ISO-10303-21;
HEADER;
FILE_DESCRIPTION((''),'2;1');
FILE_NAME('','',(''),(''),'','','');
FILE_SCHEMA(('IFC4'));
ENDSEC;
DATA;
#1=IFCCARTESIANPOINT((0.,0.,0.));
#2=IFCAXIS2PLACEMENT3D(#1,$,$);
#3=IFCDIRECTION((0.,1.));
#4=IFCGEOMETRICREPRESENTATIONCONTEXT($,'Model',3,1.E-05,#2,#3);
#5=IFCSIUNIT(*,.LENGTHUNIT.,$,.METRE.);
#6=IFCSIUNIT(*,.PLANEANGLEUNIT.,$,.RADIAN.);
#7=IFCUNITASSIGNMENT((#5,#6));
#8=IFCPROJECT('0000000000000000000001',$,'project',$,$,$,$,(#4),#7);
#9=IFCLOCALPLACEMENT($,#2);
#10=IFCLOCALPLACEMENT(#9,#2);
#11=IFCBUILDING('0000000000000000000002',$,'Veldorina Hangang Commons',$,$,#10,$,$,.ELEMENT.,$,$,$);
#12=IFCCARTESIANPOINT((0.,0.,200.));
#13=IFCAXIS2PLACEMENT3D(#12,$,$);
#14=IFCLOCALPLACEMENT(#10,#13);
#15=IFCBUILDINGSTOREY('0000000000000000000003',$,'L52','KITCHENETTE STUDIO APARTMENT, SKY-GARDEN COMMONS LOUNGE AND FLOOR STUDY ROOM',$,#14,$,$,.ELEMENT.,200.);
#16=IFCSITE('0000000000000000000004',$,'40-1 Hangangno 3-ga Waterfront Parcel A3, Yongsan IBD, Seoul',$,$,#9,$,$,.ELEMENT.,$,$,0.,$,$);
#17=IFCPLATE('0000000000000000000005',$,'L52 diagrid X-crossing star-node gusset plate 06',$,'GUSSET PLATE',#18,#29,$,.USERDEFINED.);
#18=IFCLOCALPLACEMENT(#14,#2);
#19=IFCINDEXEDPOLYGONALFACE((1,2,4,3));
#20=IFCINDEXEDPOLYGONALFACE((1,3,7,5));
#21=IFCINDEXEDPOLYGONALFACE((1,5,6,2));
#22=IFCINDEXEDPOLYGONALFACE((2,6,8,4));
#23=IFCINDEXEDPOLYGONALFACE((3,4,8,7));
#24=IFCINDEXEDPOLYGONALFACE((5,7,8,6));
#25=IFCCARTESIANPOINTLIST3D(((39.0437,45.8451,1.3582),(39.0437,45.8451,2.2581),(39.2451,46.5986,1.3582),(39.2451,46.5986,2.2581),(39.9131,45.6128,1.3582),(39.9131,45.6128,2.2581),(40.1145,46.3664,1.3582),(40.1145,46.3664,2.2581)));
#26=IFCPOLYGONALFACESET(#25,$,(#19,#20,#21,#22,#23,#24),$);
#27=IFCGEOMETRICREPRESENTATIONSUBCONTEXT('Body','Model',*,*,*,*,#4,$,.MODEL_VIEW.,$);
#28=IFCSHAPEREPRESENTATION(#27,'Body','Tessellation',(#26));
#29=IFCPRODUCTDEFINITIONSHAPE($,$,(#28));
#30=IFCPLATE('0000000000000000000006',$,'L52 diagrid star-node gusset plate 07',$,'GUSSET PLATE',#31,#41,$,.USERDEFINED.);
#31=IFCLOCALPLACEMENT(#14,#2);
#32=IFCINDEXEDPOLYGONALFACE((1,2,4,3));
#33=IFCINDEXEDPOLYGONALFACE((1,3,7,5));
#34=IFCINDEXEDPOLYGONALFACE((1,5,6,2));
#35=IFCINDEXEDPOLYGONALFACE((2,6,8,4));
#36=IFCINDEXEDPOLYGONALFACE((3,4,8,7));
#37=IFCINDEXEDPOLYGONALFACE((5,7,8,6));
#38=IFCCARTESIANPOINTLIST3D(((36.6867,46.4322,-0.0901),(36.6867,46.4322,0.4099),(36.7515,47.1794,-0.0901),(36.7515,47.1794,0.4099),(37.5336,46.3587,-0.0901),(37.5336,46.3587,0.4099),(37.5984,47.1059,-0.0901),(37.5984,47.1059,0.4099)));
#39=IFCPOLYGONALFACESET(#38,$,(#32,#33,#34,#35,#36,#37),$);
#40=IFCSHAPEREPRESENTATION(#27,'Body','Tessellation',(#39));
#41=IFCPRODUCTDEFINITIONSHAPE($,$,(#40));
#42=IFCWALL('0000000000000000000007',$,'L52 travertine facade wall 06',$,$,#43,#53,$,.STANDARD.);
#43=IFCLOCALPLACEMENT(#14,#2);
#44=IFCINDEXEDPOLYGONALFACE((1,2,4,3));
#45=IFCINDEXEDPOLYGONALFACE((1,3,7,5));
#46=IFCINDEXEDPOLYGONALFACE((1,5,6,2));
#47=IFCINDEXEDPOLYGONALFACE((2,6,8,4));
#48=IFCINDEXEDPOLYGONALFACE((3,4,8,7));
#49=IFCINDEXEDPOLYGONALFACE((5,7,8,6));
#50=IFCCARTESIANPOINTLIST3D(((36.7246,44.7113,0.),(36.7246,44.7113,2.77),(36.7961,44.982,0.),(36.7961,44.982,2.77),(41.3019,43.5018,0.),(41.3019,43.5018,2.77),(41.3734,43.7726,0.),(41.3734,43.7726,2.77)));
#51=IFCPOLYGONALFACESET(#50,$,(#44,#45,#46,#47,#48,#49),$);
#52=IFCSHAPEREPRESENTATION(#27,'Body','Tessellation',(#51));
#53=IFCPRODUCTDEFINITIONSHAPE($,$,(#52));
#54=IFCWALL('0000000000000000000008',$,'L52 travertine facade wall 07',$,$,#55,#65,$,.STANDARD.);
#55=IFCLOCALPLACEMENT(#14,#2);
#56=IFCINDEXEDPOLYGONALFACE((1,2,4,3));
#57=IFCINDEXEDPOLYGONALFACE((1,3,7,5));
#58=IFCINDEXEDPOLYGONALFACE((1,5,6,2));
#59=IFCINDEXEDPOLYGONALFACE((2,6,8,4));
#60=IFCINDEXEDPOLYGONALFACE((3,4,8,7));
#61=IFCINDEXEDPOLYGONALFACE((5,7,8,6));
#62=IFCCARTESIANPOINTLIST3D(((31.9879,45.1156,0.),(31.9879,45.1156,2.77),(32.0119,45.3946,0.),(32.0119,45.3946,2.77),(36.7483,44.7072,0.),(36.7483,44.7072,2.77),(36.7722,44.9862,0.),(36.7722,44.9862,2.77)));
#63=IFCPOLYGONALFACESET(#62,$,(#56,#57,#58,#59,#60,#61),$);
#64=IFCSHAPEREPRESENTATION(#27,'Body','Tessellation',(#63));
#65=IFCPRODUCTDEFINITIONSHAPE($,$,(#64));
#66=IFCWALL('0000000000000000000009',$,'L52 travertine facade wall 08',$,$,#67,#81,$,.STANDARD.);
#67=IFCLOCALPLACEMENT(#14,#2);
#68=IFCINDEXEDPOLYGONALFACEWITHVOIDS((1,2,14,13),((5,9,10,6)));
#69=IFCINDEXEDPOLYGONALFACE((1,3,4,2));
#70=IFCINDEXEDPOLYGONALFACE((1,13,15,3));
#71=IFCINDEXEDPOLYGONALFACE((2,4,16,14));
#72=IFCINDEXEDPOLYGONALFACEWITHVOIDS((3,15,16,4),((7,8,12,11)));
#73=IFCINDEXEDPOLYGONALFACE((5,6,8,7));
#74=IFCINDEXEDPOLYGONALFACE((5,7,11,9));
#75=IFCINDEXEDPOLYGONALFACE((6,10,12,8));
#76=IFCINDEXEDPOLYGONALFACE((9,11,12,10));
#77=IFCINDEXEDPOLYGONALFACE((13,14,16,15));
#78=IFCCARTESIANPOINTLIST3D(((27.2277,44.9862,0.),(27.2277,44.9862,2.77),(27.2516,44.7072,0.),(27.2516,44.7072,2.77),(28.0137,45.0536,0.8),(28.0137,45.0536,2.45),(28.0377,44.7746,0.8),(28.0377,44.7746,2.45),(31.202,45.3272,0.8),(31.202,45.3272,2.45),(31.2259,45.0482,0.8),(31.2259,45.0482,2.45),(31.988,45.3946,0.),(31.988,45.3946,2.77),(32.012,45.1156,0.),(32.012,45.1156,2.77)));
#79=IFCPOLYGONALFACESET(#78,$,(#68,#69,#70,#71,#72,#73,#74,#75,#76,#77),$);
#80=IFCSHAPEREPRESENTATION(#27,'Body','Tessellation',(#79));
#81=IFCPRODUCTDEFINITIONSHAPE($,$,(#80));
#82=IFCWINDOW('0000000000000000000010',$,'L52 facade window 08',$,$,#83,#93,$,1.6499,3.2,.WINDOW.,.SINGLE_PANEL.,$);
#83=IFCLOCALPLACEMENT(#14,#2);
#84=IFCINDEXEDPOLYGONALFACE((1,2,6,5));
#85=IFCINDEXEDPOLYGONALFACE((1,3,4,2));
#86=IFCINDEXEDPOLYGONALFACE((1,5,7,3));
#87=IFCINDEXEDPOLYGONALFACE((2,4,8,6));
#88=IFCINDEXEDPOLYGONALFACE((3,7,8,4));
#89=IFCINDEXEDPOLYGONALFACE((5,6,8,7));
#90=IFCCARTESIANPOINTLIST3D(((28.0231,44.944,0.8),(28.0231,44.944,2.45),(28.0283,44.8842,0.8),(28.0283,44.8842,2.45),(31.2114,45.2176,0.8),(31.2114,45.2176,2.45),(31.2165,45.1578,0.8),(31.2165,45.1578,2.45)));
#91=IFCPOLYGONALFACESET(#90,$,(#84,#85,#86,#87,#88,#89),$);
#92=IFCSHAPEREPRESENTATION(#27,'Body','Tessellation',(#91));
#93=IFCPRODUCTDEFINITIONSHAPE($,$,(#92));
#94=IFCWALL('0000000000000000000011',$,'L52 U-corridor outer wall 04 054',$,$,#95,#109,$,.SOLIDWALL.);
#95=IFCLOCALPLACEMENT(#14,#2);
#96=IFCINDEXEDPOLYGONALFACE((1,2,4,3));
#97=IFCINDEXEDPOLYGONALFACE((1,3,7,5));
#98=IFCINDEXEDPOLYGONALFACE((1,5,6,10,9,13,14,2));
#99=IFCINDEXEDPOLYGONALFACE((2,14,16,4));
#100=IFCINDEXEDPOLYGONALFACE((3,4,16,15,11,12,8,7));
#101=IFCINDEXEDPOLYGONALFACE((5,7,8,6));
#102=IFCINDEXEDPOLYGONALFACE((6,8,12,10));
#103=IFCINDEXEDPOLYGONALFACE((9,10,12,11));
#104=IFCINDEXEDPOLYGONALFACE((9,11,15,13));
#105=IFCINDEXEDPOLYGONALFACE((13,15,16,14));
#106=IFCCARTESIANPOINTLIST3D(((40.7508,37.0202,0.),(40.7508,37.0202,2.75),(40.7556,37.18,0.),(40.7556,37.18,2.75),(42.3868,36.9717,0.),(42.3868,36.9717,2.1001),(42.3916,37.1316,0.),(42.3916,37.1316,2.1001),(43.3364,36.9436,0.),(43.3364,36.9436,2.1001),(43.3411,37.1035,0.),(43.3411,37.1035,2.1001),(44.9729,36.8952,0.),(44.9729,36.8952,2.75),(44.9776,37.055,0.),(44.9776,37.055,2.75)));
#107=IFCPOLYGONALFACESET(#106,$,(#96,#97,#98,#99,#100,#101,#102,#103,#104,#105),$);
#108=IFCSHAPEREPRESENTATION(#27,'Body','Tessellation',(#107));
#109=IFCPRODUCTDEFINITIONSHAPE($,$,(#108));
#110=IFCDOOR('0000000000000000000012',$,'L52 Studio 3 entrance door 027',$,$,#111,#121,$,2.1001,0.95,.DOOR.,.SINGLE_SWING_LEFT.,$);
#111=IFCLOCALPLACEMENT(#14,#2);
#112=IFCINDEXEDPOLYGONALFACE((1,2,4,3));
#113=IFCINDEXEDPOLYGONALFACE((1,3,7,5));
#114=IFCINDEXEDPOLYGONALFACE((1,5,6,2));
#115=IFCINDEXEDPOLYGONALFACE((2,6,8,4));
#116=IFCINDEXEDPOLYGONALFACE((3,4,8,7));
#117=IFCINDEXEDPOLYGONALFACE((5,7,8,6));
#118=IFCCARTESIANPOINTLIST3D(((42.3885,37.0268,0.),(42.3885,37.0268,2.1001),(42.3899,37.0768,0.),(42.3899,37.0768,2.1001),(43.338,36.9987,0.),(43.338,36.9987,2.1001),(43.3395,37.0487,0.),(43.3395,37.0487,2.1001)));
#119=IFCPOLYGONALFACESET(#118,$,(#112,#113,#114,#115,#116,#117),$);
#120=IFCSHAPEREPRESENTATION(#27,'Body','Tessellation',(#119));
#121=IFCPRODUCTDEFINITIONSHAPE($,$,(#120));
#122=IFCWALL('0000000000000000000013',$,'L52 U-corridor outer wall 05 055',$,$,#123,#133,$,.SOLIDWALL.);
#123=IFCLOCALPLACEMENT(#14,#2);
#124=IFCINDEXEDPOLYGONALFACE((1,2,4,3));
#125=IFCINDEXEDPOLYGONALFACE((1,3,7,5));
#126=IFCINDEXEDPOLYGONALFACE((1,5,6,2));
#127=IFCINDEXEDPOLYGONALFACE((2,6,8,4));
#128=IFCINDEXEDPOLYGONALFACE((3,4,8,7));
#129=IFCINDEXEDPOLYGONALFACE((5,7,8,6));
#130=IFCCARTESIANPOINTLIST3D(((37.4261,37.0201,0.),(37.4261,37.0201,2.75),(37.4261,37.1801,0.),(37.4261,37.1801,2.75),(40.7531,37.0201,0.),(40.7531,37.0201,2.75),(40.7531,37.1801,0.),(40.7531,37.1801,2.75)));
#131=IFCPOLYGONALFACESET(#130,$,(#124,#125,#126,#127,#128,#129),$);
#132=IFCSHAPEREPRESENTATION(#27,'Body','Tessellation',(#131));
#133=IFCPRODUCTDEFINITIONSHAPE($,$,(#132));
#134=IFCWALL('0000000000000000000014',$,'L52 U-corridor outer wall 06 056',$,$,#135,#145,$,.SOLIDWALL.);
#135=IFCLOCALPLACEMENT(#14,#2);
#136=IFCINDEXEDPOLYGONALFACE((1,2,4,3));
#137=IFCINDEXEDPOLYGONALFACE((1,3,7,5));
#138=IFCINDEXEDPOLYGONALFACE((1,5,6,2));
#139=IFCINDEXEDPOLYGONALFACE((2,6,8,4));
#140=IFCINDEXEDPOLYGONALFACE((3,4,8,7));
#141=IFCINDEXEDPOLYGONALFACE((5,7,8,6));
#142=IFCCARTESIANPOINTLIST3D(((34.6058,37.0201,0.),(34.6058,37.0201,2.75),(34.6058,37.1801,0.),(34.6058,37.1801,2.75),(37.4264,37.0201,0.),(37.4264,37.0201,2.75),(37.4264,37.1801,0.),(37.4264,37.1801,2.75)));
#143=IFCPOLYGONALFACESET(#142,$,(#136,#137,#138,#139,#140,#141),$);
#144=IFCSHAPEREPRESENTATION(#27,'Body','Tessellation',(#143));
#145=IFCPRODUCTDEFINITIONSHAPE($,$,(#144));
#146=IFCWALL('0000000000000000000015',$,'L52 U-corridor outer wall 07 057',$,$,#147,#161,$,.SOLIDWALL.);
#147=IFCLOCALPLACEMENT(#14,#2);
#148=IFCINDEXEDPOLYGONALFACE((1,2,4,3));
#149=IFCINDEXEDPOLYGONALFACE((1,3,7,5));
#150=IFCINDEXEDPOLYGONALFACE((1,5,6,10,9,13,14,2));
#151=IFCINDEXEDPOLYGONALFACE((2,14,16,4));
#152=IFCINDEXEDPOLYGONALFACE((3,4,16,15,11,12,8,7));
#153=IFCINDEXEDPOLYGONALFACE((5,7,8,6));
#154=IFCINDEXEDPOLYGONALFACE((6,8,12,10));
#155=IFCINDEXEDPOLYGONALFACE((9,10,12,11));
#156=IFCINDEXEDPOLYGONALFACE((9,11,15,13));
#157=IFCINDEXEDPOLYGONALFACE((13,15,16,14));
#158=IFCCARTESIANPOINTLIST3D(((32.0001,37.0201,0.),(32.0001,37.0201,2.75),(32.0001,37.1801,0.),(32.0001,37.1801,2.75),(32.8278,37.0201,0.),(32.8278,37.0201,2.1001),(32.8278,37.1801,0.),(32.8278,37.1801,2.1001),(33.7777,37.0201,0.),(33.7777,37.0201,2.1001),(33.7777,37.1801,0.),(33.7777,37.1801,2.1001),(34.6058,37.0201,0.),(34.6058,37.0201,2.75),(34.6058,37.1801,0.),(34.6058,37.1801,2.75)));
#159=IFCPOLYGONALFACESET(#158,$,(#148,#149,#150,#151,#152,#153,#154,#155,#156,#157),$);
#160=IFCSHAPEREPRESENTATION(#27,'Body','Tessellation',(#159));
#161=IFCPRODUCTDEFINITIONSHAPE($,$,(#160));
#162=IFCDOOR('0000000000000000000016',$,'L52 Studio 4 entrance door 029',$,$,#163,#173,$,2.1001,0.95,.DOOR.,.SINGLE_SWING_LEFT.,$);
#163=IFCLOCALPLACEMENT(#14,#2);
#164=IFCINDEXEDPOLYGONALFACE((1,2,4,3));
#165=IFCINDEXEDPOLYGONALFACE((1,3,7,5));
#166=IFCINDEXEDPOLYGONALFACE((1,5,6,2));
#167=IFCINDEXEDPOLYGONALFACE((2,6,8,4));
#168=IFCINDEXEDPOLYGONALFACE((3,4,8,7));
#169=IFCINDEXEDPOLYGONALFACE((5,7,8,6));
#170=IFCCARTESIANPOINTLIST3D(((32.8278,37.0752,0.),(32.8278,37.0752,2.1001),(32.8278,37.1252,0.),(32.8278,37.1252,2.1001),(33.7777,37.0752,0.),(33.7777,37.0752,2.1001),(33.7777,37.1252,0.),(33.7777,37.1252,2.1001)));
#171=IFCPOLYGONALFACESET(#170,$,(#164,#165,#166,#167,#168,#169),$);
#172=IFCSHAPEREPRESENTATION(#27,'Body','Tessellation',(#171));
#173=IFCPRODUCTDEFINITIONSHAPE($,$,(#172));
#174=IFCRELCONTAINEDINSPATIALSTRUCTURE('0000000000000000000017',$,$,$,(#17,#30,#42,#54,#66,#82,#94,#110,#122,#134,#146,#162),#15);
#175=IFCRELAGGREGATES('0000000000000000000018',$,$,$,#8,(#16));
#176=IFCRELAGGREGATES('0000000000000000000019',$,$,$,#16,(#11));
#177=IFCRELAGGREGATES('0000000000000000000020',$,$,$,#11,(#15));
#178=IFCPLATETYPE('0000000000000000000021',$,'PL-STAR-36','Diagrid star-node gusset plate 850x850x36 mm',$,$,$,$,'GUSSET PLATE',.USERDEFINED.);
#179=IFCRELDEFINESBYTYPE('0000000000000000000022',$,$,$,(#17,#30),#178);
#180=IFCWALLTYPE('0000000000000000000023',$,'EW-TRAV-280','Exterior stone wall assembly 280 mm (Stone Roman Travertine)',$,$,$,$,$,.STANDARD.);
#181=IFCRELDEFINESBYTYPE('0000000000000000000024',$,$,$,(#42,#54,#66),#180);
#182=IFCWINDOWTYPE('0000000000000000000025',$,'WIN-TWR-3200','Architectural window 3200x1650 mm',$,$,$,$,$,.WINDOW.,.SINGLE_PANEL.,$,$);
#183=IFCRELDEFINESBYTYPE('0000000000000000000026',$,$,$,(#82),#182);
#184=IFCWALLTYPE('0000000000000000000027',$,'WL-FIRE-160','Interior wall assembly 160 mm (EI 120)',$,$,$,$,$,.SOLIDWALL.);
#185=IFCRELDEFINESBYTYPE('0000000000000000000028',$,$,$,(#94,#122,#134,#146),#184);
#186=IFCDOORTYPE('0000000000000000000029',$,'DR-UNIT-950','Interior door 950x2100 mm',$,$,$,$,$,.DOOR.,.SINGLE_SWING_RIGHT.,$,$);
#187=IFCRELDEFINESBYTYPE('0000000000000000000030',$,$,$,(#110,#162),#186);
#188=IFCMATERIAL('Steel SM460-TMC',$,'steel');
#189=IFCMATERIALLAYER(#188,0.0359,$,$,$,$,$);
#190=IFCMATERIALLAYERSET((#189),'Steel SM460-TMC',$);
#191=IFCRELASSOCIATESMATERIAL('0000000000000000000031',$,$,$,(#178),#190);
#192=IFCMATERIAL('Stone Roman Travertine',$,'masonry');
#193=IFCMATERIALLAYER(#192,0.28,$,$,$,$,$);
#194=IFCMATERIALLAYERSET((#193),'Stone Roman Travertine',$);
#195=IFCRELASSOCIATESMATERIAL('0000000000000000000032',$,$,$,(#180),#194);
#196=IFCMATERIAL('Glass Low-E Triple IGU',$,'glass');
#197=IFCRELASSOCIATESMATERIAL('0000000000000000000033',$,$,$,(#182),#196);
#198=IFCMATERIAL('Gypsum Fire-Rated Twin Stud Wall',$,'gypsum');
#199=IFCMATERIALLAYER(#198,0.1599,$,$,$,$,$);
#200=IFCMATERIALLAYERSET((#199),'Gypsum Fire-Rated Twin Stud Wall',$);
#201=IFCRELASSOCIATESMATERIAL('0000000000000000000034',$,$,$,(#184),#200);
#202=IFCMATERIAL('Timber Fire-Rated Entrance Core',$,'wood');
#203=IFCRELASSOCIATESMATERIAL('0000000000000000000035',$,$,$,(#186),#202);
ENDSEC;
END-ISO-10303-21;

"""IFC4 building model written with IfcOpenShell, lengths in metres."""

from ifc_helpers import new_model, si_unit, direction, frame, frame_2d, origin, origin_2d, place, context, subcontext, project, spatial, rectangle, extrude, material, layer, layer_set, type_object, element, fill, save


model = new_model("IFC4")

# Units and contexts
model_context = context("Model", 3, precision=1e-05, world=origin(), true_north=direction((0.0, 1.0)))
body_context = subcontext(model_context, "Body", "Model", "MODEL_VIEW")
ifc_project = project(units=[si_unit("LENGTHUNIT", "METRE"), si_unit("PLANEANGLEUNIT", "RADIAN")], contexts=[model_context])

# Site, building, storey
site_placement = place(None, origin())
site = spatial("IfcSite", under=ifc_project, at=site_placement, Name="40-1 Hangangno 3-ga Waterfront Parcel A3, Yongsan IBD, Seoul", CompositionType="ELEMENT", RefElevation=0.0)
building_placement = place(site_placement, origin())
building = spatial("IfcBuilding", under=site, at=building_placement, Name="Veldorina Hangang Commons", CompositionType="ELEMENT")
storey_placement = place(building_placement, frame((0.0, 0.0, 200.0)))
storey = spatial("IfcBuildingStorey", under=building, at=storey_placement, Name="L52", Description="KITCHENETTE STUDIO APARTMENT, SKY-GARDEN COMMONS LOUNGE AND FLOOR STUDY ROOM", CompositionType="ELEMENT", Elevation=200.0)

# Plates
ifc_material_1 = material(Name="Steel SM460-TMC", Category="steel")
ifc_layer_1 = layer(ifc_material_1, 0.0359)
ifc_layer_set_1 = layer_set([ifc_layer_1], Name="Steel SM460-TMC")
plate_type = type_object("IfcPlateType", Name="PL-STAR-36", Description="Diagrid star-node gusset plate 850x850x36 mm", ElementType="GUSSET PLATE", PredefinedType="USERDEFINED", material=ifc_layer_set_1)
plate_1_placement = place(storey_placement, frame((39.5791, 46.1057, 1.3582), z_axis=(0.0, 0.0, 1.0), x_axis=(-0.966115, 0.258111, 0.0)))
element("IfcPlate", 1, at=plate_1_placement, inside=storey, type_object=plate_type, Name="L52 diagrid X-crossing star-node gusset plate 06", ObjectType="GUSSET PLATE", PredefinedType="USERDEFINED", context=body_context, shape_type="SweptSolid", body=[
    extrude(rectangle(XDim=0.8999, YDim=0.78, at=origin_2d()), origin(), (0.0, 0.0, 1.0), 0.8999),
])
plate_2_placement = place(storey_placement, frame((37.1426, 46.769, -0.0901), z_axis=(0.0, 0.0, 1.0), x_axis=(-0.996258, 0.086425, 0.0)))
element("IfcPlate", 2, at=plate_2_placement, inside=storey, type_object=plate_type, Name="L52 diagrid star-node gusset plate 07", ObjectType="GUSSET PLATE", PredefinedType="USERDEFINED", context=body_context, shape_type="SweptSolid", body=[
    extrude(rectangle(XDim=0.8501, YDim=0.75, at=origin_2d()), origin(), (0.0, 0.0, 1.0), 0.5),
])

# Walls
ifc_material_2 = material(Name="Stone Roman Travertine", Category="masonry")
ifc_layer_2 = layer(ifc_material_2, 0.28)
ifc_layer_set_2 = layer_set([ifc_layer_2], Name="Stone Roman Travertine")
wall_type_1 = type_object("IfcWallType", Name="EW-TRAV-280", Description="Exterior stone wall assembly 280 mm (Stone Roman Travertine)", PredefinedType="STANDARD", material=ifc_layer_set_2)
wall_1_placement = place(storey_placement, frame((41.3376, 43.6372, 0.0), z_axis=(0.0, 0.0, 1.0), x_axis=(-0.96682, 0.25546, 0.0)))
element("IfcWall", 3, at=wall_1_placement, inside=storey, type_object=wall_type_1, Name="L52 travertine facade wall 06", PredefinedType="STANDARD", context=body_context, shape_type="SweptSolid", body=[
    extrude(rectangle(XDim=4.7344, YDim=0.28, at=frame_2d((2.3672, 0.0))), origin(), (0.0, 0.0, 1.0), 2.77),
])
wall_2_placement = place(storey_placement, frame((36.7603, 44.8467, 0.0), z_axis=(0.0, 0.0, 1.0), x_axis=(-0.996339, 0.08549, 0.0)))
element("IfcWall", 4, at=wall_2_placement, inside=storey, type_object=wall_type_1, Name="L52 travertine facade wall 07", PredefinedType="STANDARD", context=body_context, shape_type="SweptSolid", body=[
    extrude(rectangle(XDim=4.7778, YDim=0.28, at=frame_2d((2.3889, 0.0))), origin(), (0.0, 0.0, 1.0), 2.77),
])

# Wall, opening, window
wall_3_placement = place(storey_placement, frame((32.0, 45.2551, 0.0), z_axis=(0.0, 0.0, 1.0), x_axis=(-0.996339, -0.08549, 0.0)))
wall_3 = element("IfcWall", 5, at=wall_3_placement, inside=storey, type_object=wall_type_1, Name="L52 travertine facade wall 08", PredefinedType="STANDARD", context=body_context, shape_type="SweptSolid", body=[
    extrude(rectangle(XDim=4.7778, YDim=0.28, at=frame_2d((2.3889, 0.0))), origin(), (0.0, 0.0, 1.0), 2.77),
])
opening_1_placement = place(wall_3_placement, frame((0.7888, 0.0, 0.8)))
opening_1 = element("IfcOpeningElement", 6, at=opening_1_placement, cuts=wall_3, PredefinedType="OPENING", context=body_context, shape_type="SweptSolid", body=[
    extrude(rectangle(XDim=3.2, YDim=1.6499, at=frame_2d((1.6001, 0.825))), frame((0.0, 0.1499, 0.0), z_axis=(0.0, -1.0, 0.0), x_axis=(1.0, 0.0, 0.0)), (0.0, 0.0, 1.0), 0.3),
])
ifc_material_3 = material(Name="Glass Low-E Triple IGU", Category="glass")
window_type = type_object("IfcWindowType", Name="WIN-TWR-3200", Description="Architectural window 3200x1650 mm", PartitioningType="SINGLE_PANEL", PredefinedType="WINDOW", material=ifc_material_3)
window_placement = place(opening_1_placement, origin())
window = element("IfcWindow", 7, at=window_placement, inside=storey, type_object=window_type, Name="L52 facade window 08", OverallHeight=1.6499, OverallWidth=3.2, PartitioningType="SINGLE_PANEL", PredefinedType="WINDOW", context=body_context, shape_type="SweptSolid", body=[
    extrude(rectangle(XDim=3.2, YDim=1.6499, at=frame_2d((1.6001, 0.825))), frame((0.0, 0.03, 0.0), z_axis=(0.0, -1.0, 0.0), x_axis=(1.0, 0.0, 0.0)), (0.0, 0.0, 1.0), 0.0601),
])
fill(opening_1, window)

# Wall, opening, door
ifc_material_4 = material(Name="Gypsum Fire-Rated Twin Stud Wall", Category="gypsum")
ifc_layer_3 = layer(ifc_material_4, 0.1599)
ifc_layer_set_3 = layer_set([ifc_layer_3], Name="Gypsum Fire-Rated Twin Stud Wall")
wall_type_2 = type_object("IfcWallType", Name="WL-FIRE-160", Description="Interior wall assembly 160 mm (EI 120)", PredefinedType="SOLIDWALL", material=ifc_layer_set_3)
wall_4_placement = place(storey_placement, frame((44.9751, 36.9751, 0.0), z_axis=(0.0, 0.0, 1.0), x_axis=(-0.999562, 0.029594, 0.0)))
wall_4 = element("IfcWall", 8, at=wall_4_placement, inside=storey, type_object=wall_type_2, Name="L52 U-corridor outer wall 04 054", PredefinedType="SOLIDWALL", context=body_context, shape_type="SweptSolid", body=[
    extrude(rectangle(XDim=4.2239, YDim=0.1599, at=frame_2d((2.1118, 0.0))), origin(), (0.0, 0.0, 1.0), 2.75),
])
opening_2_placement = place(wall_4_placement, frame((1.637, 0.0, 0.0)))
opening_2 = element("IfcOpeningElement", 9, at=opening_2_placement, cuts=wall_4, PredefinedType="OPENING", context=body_context, shape_type="SweptSolid", body=[
    extrude(rectangle(XDim=0.95, YDim=2.1001, at=frame_2d((0.4751, 1.05))), frame((0.0, 0.0898, 0.0), z_axis=(0.0, -1.0, 0.0), x_axis=(1.0, 0.0, 0.0)), (0.0, 0.0, 1.0), 0.1799),
])
ifc_material_5 = material(Name="Timber Fire-Rated Entrance Core", Category="wood")
door_type_1 = type_object("IfcDoorType", Name="DR-UNIT-950", Description="Interior door 950x2100 mm", OperationType="SINGLE_SWING_RIGHT", PredefinedType="DOOR", material=ifc_material_5)
door_1_placement = place(opening_2_placement, origin())
door_1 = element("IfcDoor", 10, at=door_1_placement, inside=storey, type_object=door_type_1, Name="L52 Studio 3 entrance door 027", OperationType="SINGLE_SWING_LEFT", OverallHeight=2.1001, OverallWidth=0.95, PredefinedType="DOOR", context=body_context, shape_type="SweptSolid", body=[
    extrude(rectangle(XDim=0.95, YDim=2.1001, at=frame_2d((0.4751, 1.05))), frame((0.0, 0.0249, 0.0), z_axis=(0.0, -1.0, 0.0), x_axis=(1.0, 0.0, 0.0)), (0.0, 0.0, 1.0), 0.05),
])
fill(opening_2, door_1)

# Walls
wall_5_placement = place(storey_placement, frame((40.7532, 37.1001, 0.0), z_axis=(0.0, 0.0, 1.0), x_axis=(-1.0, 0.0, 0.0)))
element("IfcWall", 11, at=wall_5_placement, inside=storey, type_object=wall_type_2, Name="L52 U-corridor outer wall 05 055", PredefinedType="SOLIDWALL", context=body_context, shape_type="SweptSolid", body=[
    extrude(rectangle(XDim=3.3269, YDim=0.1599, at=frame_2d((1.6636, 0.0))), origin(), (0.0, 0.0, 1.0), 2.75),
])
wall_6_placement = place(storey_placement, frame((37.4263, 37.1001, 0.0), z_axis=(0.0, 0.0, 1.0), x_axis=(-1.0, 0.0, 0.0)))
element("IfcWall", 12, at=wall_6_placement, inside=storey, type_object=wall_type_2, Name="L52 U-corridor outer wall 06 056", PredefinedType="SOLIDWALL", context=body_context, shape_type="SweptSolid", body=[
    extrude(rectangle(XDim=2.8206, YDim=0.1599, at=frame_2d((1.4102, 0.0))), origin(), (0.0, 0.0, 1.0), 2.75),
])

# Wall, opening, door
wall_7_placement = place(storey_placement, frame((34.6057, 37.1001, 0.0), z_axis=(0.0, 0.0, 1.0), x_axis=(-1.0, 0.0, 0.0)))
wall_7 = element("IfcWall", 13, at=wall_7_placement, inside=storey, type_object=wall_type_2, Name="L52 U-corridor outer wall 07 057", PredefinedType="SOLIDWALL", context=body_context, shape_type="SweptSolid", body=[
    extrude(rectangle(XDim=2.6057, YDim=0.1599, at=frame_2d((1.3027, 0.0))), origin(), (0.0, 0.0, 1.0), 2.75),
])
opening_3_placement = place(wall_7_placement, frame((0.8279, 0.0, 0.0)))
opening_3 = element("IfcOpeningElement", 14, at=opening_3_placement, cuts=wall_7, PredefinedType="OPENING", context=body_context, shape_type="SweptSolid", body=[
    extrude(rectangle(XDim=0.95, YDim=2.1001, at=frame_2d((0.4751, 1.05))), frame((0.0, 0.0898, 0.0), z_axis=(0.0, -1.0, 0.0), x_axis=(1.0, 0.0, 0.0)), (0.0, 0.0, 1.0), 0.1799),
])
door_2_placement = place(opening_3_placement, origin())
door_2 = element("IfcDoor", 15, at=door_2_placement, inside=storey, type_object=door_type_1, Name="L52 Studio 4 entrance door 029", OperationType="SINGLE_SWING_LEFT", OverallHeight=2.1001, OverallWidth=0.95, PredefinedType="DOOR", context=body_context, shape_type="SweptSolid", body=[
    extrude(rectangle(XDim=0.95, YDim=2.1001, at=frame_2d((0.4751, 1.05))), frame((0.0, 0.0249, 0.0), z_axis=(0.0, -1.0, 0.0), x_axis=(1.0, 0.0, 0.0)), (0.0, 0.0, 1.0), 0.05),
])
fill(opening_3, door_2)

save(model, "model.ifc")
